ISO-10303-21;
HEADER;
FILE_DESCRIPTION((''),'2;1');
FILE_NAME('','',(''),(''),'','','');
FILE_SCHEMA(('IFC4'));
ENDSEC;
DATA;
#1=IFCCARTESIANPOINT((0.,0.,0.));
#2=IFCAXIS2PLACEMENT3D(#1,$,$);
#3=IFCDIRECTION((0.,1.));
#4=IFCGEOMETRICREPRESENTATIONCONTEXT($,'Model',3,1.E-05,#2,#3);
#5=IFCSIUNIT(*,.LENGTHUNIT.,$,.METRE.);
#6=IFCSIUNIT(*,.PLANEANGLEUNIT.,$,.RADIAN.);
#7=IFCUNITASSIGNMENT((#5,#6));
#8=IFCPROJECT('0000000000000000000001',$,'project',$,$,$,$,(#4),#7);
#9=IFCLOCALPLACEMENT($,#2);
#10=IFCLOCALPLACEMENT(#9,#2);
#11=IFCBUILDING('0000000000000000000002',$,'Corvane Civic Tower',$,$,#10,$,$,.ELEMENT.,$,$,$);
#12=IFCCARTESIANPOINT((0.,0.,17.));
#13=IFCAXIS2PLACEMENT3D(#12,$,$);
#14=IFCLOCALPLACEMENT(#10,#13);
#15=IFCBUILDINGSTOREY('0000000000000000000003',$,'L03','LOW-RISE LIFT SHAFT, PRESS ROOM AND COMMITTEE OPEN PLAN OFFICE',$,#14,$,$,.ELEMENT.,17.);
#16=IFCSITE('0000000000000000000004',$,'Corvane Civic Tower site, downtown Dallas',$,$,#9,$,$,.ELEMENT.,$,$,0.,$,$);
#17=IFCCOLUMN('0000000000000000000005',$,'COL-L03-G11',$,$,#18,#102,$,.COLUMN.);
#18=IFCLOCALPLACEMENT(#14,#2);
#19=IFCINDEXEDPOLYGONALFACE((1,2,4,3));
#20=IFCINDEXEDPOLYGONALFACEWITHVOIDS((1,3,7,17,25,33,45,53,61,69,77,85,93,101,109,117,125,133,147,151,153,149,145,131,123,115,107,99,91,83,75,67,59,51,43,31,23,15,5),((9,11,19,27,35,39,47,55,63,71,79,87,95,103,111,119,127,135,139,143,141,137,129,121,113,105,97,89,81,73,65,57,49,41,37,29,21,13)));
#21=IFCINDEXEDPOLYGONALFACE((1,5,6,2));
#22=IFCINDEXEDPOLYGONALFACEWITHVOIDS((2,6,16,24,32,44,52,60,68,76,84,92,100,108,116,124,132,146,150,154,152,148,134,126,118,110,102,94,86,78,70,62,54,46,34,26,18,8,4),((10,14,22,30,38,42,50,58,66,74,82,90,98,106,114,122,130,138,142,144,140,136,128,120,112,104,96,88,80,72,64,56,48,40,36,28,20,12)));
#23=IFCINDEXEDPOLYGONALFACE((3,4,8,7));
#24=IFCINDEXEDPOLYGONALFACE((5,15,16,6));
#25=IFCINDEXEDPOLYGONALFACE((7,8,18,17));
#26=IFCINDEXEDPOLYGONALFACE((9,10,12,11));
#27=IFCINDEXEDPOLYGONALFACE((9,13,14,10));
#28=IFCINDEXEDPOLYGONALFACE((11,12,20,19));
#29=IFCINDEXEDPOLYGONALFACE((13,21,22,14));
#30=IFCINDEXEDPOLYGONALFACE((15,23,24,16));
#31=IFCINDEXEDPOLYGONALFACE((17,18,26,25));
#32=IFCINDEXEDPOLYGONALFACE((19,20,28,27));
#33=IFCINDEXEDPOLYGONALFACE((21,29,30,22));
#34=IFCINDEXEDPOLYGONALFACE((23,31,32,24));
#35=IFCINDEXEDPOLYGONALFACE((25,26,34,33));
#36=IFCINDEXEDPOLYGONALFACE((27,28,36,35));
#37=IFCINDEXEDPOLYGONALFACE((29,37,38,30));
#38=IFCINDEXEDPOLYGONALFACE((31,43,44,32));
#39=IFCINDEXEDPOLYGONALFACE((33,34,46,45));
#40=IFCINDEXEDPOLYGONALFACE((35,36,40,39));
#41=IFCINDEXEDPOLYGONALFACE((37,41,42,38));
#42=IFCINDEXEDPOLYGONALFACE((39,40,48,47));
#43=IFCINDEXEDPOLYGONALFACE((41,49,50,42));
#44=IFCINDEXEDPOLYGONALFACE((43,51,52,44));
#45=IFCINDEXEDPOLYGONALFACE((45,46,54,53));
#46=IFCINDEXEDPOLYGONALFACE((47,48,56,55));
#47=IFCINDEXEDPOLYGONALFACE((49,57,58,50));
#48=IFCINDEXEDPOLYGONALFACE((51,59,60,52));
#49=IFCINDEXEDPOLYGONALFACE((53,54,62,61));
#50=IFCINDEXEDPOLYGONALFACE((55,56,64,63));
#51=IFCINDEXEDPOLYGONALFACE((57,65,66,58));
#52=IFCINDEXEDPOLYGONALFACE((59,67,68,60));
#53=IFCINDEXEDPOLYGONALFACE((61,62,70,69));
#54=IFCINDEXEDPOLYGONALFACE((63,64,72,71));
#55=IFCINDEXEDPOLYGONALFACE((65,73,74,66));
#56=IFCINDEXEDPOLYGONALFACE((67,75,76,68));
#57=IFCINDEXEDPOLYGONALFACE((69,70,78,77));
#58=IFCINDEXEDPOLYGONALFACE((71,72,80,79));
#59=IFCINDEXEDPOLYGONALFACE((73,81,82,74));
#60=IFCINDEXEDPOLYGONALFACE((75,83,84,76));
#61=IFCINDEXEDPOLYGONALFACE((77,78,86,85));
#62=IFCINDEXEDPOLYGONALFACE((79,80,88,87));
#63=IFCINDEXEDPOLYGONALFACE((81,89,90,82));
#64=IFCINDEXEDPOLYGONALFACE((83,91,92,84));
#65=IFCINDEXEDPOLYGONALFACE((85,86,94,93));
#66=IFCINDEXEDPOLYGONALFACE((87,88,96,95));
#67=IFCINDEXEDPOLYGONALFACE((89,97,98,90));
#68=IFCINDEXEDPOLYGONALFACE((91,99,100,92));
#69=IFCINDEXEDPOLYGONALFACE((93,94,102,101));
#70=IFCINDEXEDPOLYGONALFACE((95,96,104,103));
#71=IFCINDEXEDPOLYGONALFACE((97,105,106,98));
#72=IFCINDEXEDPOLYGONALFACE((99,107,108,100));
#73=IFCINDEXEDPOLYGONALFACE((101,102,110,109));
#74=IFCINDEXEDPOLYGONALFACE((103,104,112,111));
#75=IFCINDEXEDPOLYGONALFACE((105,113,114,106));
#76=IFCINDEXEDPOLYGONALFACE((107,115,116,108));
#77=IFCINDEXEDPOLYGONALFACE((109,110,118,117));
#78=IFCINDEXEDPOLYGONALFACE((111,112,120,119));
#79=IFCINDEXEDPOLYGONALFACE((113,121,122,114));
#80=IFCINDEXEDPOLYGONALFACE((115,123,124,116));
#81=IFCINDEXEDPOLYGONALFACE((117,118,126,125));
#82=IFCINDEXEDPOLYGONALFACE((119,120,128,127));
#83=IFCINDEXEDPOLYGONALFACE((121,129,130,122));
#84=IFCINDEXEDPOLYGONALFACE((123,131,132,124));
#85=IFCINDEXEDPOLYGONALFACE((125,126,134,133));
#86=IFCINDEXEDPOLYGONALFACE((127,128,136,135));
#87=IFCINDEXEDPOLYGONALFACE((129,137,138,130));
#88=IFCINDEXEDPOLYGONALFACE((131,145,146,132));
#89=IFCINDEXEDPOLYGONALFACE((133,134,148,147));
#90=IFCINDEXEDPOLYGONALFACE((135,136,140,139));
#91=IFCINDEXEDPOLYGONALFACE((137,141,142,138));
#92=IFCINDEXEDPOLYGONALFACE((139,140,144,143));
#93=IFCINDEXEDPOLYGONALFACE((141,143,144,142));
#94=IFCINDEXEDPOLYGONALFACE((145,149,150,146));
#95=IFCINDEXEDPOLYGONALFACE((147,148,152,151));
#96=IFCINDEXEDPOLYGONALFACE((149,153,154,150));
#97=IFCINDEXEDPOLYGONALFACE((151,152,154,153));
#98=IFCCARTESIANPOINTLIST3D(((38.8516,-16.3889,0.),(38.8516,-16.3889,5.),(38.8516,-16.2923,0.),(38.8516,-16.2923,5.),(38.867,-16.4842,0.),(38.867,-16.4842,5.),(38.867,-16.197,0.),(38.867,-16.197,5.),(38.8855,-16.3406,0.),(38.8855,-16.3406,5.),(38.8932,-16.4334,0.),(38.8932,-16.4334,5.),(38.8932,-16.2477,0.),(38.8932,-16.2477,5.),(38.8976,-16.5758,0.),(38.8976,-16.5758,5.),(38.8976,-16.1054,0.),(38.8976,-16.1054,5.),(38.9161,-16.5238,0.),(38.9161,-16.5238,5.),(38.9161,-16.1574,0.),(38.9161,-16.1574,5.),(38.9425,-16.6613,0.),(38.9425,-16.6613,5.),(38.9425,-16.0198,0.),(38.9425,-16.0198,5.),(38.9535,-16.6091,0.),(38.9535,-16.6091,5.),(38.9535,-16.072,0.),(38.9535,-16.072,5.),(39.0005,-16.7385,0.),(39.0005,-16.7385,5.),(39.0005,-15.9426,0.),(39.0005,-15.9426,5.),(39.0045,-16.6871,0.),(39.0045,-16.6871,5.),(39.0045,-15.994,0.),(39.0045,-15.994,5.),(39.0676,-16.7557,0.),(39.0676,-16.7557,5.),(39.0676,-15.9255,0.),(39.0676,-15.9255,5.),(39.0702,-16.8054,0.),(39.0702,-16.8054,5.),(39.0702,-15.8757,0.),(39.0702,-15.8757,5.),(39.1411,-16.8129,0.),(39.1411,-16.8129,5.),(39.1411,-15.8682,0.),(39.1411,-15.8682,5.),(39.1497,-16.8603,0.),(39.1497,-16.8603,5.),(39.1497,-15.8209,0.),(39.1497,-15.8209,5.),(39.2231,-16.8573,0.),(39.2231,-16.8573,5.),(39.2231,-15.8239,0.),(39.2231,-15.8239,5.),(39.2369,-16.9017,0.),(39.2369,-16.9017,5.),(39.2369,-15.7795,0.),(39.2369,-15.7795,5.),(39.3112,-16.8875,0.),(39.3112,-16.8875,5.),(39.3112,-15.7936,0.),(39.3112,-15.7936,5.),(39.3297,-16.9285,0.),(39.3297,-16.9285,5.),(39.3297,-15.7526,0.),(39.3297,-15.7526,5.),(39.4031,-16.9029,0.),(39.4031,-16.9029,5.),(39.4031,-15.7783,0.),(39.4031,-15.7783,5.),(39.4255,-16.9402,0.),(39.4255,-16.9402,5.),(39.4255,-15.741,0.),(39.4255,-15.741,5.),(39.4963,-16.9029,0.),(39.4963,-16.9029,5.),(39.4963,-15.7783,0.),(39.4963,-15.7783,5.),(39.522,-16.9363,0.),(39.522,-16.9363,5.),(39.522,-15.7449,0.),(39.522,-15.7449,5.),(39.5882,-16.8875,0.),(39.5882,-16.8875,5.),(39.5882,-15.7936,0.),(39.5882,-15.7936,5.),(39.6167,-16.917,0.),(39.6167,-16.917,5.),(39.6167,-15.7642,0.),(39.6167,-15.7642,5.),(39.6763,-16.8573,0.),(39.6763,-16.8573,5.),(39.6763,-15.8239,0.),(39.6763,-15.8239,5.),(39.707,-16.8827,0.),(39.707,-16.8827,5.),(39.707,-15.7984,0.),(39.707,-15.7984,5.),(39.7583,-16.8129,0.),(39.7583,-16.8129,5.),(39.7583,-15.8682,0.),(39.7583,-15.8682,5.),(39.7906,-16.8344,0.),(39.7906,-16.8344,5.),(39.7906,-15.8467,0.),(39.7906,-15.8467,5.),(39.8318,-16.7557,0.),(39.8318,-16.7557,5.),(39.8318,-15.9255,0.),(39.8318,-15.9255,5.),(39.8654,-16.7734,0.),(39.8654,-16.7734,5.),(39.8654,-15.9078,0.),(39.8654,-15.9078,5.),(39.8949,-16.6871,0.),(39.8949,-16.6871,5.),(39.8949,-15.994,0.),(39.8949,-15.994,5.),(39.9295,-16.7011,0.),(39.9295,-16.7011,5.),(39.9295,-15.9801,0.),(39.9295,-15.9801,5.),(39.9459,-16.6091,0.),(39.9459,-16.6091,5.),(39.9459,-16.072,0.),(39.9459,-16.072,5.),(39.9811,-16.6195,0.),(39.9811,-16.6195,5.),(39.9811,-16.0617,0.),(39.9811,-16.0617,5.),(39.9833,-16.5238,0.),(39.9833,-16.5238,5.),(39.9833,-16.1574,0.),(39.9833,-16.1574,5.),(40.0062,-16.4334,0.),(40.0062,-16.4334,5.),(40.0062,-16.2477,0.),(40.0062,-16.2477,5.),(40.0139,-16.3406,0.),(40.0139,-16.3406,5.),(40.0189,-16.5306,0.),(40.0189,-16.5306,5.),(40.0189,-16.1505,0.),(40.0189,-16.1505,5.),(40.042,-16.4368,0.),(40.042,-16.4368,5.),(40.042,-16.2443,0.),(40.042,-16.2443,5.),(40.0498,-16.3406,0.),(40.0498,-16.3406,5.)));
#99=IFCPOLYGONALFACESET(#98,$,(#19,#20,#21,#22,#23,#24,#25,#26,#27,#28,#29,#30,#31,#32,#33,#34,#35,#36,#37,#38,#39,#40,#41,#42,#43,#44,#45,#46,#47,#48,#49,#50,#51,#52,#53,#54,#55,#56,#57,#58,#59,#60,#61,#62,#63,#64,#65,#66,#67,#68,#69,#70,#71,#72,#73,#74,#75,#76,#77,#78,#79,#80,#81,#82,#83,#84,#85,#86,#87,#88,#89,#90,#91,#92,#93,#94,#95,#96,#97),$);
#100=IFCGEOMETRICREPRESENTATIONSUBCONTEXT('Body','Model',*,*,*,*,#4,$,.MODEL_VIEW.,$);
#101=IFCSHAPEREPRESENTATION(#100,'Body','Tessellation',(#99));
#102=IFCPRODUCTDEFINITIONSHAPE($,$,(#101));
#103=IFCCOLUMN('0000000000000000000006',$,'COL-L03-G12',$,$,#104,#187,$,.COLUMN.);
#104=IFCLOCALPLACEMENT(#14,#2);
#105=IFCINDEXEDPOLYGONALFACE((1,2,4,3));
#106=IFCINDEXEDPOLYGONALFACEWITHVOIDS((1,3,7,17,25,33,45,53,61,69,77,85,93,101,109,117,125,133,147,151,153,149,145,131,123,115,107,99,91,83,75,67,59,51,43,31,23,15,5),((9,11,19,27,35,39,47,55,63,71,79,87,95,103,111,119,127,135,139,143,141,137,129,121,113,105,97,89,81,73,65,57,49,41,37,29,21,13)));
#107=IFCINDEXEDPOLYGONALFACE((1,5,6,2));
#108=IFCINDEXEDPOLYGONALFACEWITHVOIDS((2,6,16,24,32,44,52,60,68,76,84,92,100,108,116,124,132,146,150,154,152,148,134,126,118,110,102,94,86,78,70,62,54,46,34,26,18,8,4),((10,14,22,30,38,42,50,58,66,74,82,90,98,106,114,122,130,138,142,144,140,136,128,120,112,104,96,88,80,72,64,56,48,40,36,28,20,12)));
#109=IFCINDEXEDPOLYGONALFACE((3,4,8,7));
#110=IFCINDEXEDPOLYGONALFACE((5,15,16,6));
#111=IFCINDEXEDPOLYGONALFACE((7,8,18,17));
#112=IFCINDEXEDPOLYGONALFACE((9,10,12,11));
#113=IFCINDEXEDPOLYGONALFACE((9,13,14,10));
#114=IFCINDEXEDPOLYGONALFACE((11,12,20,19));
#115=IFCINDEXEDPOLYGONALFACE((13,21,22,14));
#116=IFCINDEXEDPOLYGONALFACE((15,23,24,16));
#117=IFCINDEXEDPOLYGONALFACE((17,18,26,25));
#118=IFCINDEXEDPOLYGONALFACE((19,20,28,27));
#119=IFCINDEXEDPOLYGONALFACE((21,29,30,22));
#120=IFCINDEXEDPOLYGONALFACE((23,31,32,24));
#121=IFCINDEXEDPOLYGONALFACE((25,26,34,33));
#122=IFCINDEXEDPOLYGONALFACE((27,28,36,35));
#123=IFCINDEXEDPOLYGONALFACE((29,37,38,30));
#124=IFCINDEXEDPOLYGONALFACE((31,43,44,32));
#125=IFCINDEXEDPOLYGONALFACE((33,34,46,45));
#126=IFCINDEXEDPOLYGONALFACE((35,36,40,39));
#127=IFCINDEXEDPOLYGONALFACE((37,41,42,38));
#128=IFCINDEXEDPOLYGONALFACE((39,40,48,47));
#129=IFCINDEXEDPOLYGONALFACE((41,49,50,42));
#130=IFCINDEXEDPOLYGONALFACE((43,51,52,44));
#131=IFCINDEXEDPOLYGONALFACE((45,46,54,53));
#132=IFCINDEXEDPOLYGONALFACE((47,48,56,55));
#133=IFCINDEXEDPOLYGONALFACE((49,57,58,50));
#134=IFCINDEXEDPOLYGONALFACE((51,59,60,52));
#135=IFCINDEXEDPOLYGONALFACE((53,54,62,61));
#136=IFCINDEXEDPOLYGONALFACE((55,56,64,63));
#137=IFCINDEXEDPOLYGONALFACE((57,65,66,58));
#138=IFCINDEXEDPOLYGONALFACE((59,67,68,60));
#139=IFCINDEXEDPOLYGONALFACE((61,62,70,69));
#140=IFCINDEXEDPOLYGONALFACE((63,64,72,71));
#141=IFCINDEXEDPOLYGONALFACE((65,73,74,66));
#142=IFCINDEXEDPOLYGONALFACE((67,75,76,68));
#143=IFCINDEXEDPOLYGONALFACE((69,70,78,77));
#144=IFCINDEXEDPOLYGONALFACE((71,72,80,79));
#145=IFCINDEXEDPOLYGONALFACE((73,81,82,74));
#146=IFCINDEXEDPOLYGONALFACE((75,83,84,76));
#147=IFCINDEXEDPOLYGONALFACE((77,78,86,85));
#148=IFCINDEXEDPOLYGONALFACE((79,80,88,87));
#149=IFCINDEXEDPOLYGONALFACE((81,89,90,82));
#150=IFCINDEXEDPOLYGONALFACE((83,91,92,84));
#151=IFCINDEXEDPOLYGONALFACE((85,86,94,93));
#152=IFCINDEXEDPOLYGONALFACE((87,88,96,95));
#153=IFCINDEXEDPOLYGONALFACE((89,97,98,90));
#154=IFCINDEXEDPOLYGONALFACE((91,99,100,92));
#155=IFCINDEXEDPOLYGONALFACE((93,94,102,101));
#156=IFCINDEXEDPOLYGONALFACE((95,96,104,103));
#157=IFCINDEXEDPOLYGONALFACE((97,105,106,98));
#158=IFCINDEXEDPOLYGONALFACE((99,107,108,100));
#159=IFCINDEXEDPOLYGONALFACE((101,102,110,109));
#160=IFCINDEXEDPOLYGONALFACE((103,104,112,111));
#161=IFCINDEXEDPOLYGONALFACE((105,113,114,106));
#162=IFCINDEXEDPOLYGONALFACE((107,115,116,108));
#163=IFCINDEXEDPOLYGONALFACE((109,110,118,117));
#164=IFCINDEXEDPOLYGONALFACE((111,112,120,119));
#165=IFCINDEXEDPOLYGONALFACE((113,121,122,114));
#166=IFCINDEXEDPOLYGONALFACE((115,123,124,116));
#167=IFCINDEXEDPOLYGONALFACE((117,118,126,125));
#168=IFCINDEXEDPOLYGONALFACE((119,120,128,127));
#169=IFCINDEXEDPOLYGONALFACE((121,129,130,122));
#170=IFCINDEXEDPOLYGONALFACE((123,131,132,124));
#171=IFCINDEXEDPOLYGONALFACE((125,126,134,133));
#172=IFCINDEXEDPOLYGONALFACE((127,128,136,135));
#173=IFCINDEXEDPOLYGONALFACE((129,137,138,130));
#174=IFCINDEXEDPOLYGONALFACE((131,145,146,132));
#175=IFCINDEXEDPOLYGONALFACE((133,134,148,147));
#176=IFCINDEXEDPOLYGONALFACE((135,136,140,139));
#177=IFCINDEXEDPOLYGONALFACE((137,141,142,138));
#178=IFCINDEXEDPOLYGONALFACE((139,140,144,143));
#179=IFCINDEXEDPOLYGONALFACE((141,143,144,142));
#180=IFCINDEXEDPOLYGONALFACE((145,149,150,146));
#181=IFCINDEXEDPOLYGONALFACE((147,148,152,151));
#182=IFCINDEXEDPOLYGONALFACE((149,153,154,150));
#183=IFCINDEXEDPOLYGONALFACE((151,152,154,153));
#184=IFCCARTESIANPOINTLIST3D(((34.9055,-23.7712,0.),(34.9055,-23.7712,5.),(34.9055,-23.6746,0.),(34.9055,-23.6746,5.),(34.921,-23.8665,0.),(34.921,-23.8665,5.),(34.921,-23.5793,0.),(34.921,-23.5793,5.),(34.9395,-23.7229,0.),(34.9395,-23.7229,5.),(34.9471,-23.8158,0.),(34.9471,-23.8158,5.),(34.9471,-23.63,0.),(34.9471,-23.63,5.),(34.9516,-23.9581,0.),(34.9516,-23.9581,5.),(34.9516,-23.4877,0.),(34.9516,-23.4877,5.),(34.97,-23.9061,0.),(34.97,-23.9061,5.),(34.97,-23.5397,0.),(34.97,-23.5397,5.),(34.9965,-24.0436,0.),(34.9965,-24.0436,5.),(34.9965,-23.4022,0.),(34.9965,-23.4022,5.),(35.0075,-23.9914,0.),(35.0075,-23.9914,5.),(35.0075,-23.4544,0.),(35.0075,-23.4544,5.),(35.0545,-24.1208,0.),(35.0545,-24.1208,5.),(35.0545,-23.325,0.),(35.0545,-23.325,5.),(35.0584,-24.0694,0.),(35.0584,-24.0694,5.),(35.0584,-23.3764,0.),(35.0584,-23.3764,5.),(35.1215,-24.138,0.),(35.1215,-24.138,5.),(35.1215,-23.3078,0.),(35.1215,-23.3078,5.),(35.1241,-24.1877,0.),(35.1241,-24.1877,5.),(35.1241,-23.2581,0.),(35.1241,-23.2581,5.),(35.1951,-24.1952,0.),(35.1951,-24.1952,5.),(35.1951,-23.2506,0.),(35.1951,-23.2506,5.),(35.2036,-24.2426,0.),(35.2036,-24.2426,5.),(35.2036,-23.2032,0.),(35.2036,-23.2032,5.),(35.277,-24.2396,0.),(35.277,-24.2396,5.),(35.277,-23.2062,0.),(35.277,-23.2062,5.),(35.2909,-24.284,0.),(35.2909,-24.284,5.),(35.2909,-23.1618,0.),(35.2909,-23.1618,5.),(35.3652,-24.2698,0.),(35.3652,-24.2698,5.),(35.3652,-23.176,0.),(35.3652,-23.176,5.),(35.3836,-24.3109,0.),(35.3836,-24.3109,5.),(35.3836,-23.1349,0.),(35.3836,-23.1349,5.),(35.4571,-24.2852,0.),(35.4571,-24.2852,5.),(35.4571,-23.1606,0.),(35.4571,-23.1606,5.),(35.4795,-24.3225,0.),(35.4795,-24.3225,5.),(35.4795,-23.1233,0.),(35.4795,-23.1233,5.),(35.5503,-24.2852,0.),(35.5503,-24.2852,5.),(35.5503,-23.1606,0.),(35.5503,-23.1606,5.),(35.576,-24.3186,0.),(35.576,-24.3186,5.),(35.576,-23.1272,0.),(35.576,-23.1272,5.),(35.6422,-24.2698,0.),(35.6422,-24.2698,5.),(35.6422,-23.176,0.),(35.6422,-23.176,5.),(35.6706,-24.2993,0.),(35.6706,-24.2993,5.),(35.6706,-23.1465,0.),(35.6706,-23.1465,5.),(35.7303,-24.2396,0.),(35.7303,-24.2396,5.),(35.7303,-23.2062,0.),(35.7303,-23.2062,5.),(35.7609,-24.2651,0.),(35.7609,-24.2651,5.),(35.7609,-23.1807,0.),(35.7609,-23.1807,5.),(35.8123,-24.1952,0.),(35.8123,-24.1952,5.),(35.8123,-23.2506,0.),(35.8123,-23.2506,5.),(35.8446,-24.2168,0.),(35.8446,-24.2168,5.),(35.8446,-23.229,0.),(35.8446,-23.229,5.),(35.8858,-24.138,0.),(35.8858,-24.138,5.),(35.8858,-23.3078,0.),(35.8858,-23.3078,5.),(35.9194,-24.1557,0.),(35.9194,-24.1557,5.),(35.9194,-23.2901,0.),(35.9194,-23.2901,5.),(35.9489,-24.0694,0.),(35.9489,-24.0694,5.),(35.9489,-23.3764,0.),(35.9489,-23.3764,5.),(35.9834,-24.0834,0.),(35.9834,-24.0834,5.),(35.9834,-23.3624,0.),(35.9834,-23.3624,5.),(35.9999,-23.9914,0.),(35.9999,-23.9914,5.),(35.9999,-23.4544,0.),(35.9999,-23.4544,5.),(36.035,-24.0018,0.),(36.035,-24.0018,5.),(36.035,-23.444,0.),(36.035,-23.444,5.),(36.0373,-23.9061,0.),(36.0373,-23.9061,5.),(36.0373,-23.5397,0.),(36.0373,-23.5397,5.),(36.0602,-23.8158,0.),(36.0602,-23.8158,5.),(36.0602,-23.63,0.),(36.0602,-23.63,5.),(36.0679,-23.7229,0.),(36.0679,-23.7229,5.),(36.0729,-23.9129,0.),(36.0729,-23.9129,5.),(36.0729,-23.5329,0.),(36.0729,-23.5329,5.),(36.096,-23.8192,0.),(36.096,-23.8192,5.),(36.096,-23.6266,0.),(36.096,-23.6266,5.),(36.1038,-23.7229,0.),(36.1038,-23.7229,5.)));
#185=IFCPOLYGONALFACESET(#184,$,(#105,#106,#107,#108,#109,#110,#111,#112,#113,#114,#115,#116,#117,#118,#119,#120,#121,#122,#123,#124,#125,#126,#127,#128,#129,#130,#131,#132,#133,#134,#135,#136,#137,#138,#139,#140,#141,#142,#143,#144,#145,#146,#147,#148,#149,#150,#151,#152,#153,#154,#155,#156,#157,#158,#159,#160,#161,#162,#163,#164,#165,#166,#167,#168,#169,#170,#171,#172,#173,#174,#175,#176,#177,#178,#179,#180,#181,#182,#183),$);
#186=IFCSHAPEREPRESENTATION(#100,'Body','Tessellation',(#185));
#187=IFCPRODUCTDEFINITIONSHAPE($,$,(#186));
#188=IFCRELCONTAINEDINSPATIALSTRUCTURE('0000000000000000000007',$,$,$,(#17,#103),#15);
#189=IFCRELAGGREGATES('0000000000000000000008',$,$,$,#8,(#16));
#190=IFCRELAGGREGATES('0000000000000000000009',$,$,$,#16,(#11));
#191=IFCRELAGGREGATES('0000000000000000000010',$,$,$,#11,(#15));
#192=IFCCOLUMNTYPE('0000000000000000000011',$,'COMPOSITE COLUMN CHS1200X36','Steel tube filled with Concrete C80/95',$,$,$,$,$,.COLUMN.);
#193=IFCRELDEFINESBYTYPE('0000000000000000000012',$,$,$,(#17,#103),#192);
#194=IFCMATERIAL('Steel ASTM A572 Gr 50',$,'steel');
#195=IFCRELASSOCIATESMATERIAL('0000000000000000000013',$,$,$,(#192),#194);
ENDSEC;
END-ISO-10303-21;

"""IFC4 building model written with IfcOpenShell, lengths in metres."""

from ifc_helpers import new_model, si_unit, direction, frame, origin, origin_2d, place, context, subcontext, project, spatial, hollow_circle, extrude, material, material_profile, profile_set, type_object, element, save


model = new_model("IFC4")

# Units and contexts
model_context = context("Model", 3, precision=1e-05, world=origin(), true_north=direction((0.0, 1.0)))
body_context = subcontext(model_context, "Body", "Model", "MODEL_VIEW")
ifc_project = project(units=[si_unit("LENGTHUNIT", "METRE"), si_unit("PLANEANGLEUNIT", "RADIAN")], contexts=[model_context])

# Site, building, storey
site_placement = place(None, origin())
site = spatial("IfcSite", under=ifc_project, at=site_placement, Name="Corvane Civic Tower site, downtown Dallas", CompositionType="ELEMENT", RefElevation=0.0)
building_placement = place(site_placement, origin())
building = spatial("IfcBuilding", under=site, at=building_placement, Name="Corvane Civic Tower", CompositionType="ELEMENT")
storey_placement = place(building_placement, frame((0.0, 0.0, 17.0)))
storey = spatial("IfcBuildingStorey", under=building, at=storey_placement, Name="L03", Description="LOW-RISE LIFT SHAFT, PRESS ROOM AND COMMITTEE OPEN PLAN OFFICE", CompositionType="ELEMENT", Elevation=17.0)

# Columns
ifc_material_1 = material(Name="Steel ASTM A572 Gr 50", Category="steel")
ifc_material_profile_1 = material_profile(ifc_material_1, hollow_circle(Radius=0.6001, WallThickness=0.0359, at=origin_2d()), Name="CHS1200X36")
ifc_profile_set_1 = profile_set([ifc_material_profile_1], Name="Steel ASTM A572 Gr 50")
column_type_1 = type_object("IfcColumnType", Name="COMPOSITE COLUMN CHS1200X36", Description="Steel tube filled with Concrete C80/95", PredefinedType="COLUMN", material=ifc_profile_set_1)
for number, where, z_axis, x_axis, name in (
    (1, (39.4497, -16.3406, 0.0), (0.0, 0.0, 1.0), (1.0, 0.0, 0.0), "COL-L03-G11"),
    (2, (35.5037, -23.7229, 0.0), (0.0, 0.0, 1.0), (1.0, 0.0, 0.0), "COL-L03-G12"),
):
    element("IfcColumn", number, at=place(storey_placement, frame(where, z_axis=z_axis, x_axis=x_axis)), inside=storey, type_object=column_type_1, Name=name, PredefinedType="COLUMN", context=body_context, shape_type="SweptSolid", body=[
        extrude(hollow_circle(Radius=0.6001, WallThickness=0.0359, at=origin_2d()), origin(), (0.0, 0.0, 1.0), 5.0),
    ])

save(model, "model.ifc")
